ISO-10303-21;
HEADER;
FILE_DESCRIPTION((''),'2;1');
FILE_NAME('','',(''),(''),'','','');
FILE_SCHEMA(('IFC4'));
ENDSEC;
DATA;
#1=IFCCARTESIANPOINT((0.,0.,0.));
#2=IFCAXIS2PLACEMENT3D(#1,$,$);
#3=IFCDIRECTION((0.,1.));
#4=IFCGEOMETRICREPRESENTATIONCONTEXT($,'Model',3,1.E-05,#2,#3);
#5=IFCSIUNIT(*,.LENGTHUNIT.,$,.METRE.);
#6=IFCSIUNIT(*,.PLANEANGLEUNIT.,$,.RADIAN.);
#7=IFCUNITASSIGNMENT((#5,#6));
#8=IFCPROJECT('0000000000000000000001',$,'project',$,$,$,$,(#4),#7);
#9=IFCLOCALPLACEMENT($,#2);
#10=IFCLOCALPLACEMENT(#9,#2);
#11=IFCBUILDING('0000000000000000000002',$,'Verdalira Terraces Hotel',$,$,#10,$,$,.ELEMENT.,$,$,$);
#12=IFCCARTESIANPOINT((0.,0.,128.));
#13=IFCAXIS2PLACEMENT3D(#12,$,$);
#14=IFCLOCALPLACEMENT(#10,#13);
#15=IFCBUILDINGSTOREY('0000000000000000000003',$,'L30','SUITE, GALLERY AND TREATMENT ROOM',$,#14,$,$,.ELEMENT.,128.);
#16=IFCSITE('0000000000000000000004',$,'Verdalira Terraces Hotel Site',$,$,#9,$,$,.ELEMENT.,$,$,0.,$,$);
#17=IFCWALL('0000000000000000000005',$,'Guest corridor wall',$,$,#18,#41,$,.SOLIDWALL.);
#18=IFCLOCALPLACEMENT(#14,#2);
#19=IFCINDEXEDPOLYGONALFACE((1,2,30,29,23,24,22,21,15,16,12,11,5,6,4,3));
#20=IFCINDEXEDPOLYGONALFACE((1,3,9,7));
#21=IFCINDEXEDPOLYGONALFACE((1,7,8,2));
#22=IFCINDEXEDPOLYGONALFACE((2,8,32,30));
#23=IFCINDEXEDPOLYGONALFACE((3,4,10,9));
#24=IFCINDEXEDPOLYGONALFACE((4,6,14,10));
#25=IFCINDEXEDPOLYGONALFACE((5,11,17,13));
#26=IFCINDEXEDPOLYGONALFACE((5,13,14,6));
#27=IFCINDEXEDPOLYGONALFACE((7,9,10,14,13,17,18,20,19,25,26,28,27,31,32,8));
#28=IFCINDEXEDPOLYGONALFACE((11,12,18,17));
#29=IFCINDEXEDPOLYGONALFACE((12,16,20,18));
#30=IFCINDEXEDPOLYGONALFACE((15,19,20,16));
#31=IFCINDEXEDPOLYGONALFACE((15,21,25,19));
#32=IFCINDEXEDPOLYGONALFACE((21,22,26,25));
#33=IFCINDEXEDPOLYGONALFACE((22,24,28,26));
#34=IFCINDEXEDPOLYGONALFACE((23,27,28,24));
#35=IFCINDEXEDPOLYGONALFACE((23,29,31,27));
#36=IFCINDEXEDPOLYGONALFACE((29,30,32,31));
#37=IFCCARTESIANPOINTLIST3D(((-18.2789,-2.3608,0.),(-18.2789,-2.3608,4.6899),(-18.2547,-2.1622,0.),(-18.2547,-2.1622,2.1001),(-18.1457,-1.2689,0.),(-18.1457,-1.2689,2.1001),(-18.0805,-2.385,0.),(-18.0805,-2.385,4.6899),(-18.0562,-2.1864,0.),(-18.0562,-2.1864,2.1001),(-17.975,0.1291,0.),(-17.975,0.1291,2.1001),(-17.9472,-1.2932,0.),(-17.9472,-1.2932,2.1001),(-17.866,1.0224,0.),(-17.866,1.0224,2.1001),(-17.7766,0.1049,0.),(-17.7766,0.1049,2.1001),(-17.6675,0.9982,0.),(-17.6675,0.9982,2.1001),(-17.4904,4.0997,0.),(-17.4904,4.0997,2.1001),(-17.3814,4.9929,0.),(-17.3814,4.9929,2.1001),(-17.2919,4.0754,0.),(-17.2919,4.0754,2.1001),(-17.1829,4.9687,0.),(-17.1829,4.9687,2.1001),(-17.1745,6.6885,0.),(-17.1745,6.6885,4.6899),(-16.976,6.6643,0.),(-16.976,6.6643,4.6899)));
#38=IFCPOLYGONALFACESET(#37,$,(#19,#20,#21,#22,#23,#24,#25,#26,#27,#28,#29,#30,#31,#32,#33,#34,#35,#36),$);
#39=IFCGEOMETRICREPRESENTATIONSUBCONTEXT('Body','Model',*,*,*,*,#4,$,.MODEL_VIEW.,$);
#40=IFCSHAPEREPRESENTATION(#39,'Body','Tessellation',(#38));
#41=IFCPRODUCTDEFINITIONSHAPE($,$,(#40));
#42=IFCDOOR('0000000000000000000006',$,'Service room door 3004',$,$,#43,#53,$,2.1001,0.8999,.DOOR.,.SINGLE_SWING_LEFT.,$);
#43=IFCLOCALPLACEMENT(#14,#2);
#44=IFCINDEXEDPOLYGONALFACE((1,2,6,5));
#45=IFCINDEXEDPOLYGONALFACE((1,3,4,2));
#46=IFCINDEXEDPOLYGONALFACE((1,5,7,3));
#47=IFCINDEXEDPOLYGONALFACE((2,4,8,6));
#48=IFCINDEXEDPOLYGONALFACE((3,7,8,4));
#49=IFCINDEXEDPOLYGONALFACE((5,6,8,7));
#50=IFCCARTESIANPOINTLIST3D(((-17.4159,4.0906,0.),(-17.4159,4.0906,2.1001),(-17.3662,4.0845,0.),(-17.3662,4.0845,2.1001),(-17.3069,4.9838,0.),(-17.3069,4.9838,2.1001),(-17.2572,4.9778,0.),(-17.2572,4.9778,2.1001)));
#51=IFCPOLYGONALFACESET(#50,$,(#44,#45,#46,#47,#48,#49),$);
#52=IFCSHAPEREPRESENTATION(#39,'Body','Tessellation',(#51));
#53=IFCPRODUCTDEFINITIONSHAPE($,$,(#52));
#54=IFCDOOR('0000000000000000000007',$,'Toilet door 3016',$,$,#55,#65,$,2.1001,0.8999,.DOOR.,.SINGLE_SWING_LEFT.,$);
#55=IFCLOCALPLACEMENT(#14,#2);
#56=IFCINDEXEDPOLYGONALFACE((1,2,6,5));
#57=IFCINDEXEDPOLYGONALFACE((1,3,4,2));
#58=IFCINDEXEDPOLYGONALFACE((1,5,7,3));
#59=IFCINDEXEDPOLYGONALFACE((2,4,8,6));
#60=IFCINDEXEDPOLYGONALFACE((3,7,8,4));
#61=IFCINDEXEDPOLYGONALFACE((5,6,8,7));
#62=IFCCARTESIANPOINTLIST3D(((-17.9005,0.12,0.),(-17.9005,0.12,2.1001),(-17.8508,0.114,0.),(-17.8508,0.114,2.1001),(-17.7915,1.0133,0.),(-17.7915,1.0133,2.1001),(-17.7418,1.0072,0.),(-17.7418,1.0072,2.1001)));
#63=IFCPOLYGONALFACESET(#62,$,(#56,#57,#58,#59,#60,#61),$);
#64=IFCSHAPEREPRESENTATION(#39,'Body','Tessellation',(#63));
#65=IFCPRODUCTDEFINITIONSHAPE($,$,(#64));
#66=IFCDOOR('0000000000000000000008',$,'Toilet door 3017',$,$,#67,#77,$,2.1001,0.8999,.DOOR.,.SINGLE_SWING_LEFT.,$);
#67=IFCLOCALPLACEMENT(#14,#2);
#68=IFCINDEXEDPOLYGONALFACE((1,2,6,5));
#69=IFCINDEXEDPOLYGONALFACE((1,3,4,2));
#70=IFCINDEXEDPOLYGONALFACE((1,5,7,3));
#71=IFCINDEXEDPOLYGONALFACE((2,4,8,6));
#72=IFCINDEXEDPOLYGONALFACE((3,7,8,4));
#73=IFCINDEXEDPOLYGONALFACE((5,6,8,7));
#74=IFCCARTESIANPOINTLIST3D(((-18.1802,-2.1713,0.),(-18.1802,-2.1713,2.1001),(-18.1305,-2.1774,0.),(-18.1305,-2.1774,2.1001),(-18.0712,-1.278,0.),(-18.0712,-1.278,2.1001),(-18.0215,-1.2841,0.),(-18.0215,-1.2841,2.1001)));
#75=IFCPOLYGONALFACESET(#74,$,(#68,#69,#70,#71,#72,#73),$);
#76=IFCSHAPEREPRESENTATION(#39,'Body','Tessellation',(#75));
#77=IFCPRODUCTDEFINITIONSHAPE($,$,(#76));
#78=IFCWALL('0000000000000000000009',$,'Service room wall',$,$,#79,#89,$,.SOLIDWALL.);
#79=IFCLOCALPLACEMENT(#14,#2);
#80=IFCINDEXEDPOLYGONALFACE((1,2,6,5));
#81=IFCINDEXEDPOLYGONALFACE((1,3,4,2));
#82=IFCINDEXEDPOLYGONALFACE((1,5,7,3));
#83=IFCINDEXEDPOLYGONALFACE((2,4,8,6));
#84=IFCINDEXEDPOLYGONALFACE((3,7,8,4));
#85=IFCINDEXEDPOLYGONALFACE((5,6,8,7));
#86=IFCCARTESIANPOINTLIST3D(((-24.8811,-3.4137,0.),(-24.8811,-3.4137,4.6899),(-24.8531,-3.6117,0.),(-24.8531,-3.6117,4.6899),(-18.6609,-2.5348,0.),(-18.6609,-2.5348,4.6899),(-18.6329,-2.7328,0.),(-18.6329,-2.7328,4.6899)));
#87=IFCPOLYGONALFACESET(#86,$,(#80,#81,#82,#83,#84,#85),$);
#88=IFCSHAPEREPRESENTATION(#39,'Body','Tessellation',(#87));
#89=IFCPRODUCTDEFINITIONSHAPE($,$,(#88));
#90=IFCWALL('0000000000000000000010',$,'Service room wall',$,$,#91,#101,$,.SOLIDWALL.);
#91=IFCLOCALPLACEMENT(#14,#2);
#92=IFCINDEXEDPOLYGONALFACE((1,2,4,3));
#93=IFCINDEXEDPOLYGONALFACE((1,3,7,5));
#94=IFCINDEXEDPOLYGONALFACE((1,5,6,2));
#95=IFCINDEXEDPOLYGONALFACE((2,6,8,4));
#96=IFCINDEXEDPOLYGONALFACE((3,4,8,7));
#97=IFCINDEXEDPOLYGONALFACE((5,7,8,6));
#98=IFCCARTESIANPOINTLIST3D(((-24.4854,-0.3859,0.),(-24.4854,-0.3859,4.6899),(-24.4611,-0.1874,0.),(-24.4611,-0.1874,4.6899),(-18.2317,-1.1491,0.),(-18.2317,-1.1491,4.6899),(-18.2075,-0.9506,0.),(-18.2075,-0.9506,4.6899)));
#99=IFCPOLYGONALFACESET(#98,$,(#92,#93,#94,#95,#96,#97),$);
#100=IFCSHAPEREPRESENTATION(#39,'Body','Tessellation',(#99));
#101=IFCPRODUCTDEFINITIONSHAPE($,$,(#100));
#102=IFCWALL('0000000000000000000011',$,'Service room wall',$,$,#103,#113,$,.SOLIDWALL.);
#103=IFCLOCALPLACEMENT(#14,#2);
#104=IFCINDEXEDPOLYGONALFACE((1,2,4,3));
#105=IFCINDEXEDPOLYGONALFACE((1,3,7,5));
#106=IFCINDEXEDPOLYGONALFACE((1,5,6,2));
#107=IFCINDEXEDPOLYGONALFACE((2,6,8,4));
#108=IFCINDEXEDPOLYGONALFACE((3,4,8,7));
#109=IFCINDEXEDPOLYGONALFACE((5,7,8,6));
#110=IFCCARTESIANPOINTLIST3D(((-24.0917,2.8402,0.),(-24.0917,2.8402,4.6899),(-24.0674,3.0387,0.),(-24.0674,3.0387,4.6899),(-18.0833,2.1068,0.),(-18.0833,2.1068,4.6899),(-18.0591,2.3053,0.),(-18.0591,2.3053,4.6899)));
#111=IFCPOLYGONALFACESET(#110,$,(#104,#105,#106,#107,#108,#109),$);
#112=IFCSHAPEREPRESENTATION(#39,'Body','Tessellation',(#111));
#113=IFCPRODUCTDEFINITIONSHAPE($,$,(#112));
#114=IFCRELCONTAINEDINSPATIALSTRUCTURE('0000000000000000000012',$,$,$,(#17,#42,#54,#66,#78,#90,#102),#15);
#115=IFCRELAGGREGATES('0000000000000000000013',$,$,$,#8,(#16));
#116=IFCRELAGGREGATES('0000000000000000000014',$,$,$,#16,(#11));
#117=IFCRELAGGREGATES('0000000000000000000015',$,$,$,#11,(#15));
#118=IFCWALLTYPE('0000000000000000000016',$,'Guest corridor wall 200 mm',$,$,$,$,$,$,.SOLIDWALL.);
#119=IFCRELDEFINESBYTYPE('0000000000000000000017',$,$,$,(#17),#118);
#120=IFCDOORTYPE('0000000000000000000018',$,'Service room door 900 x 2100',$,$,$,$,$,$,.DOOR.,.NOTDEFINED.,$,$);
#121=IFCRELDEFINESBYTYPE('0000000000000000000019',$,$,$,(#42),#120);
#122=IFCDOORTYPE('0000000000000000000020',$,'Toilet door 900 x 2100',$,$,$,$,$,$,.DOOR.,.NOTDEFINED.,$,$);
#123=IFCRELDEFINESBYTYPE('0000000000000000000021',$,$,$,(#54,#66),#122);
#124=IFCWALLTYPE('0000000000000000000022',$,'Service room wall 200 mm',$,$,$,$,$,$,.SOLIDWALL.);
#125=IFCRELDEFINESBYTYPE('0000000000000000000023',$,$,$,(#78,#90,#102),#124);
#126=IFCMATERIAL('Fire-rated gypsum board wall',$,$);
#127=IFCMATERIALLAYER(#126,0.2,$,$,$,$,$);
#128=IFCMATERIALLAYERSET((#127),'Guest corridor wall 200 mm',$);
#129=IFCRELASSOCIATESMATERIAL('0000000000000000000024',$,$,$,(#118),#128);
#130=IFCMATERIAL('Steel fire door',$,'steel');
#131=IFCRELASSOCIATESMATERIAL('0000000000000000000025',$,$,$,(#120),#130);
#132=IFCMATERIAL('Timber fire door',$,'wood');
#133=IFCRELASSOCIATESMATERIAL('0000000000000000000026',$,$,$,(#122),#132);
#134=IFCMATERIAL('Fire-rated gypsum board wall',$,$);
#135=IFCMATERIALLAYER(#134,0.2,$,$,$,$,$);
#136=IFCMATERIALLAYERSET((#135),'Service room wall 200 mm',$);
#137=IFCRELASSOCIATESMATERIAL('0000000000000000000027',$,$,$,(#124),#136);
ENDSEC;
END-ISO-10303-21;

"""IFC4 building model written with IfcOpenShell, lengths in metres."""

from ifc_helpers import new_model, si_unit, direction, frame, frame_2d, origin, place, context, subcontext, project, spatial, rectangle, extrude, material, layer, layer_set, type_object, element, fill, save


model = new_model("IFC4")

# Units and contexts
model_context = context("Model", 3, precision=1e-05, world=origin(), true_north=direction((0.0, 1.0)))
body_context = subcontext(model_context, "Body", "Model", "MODEL_VIEW")
ifc_project = project(units=[si_unit("LENGTHUNIT", "METRE"), si_unit("PLANEANGLEUNIT", "RADIAN")], contexts=[model_context])

# Site, building, storey
site_placement = place(None, origin())
site = spatial("IfcSite", under=ifc_project, at=site_placement, Name="Verdalira Terraces Hotel Site", CompositionType="ELEMENT", RefElevation=0.0)
building_placement = place(site_placement, origin())
building = spatial("IfcBuilding", under=site, at=building_placement, Name="Verdalira Terraces Hotel", CompositionType="ELEMENT")
storey_placement = place(building_placement, frame((0.0, 0.0, 128.0)))
storey = spatial("IfcBuildingStorey", under=building, at=storey_placement, Name="L30", Description="SUITE, GALLERY AND TREATMENT ROOM", CompositionType="ELEMENT", Elevation=128.0)

# Wall, openings, doors
ifc_material_1 = material(Name="Fire-rated gypsum board wall")
ifc_layer_1 = layer(ifc_material_1, 0.2)
ifc_layer_set_1 = layer_set([ifc_layer_1], Name="Guest corridor wall 200 mm")
wall_type_1 = type_object("IfcWallType", Name="Guest corridor wall 200 mm", PredefinedType="SOLIDWALL", material=ifc_layer_set_1)
wall_1_placement = place(storey_placement, frame((-18.1797, -2.3728, 0.0), z_axis=(0.0, 0.0, 1.0), x_axis=(0.121153, 0.992634, 0.0)))
wall_1 = element("IfcWall", 1, at=wall_1_placement, inside=storey, type_object=wall_type_1, Name="Guest corridor wall", PredefinedType="SOLIDWALL", context=body_context, shape_type="SweptSolid", body=[
    extrude(rectangle(XDim=9.1165, YDim=0.2, at=frame_2d((4.5581, 0.0))), origin(), (0.0, 0.0, 1.0), 4.6899),
])
opening_1_placement = place(wall_1_placement, frame((6.5083, 0.0, 0.0)))
opening_1 = element("IfcOpeningElement", 2, at=opening_1_placement, cuts=wall_1, PredefinedType="OPENING", context=body_context, shape_type="SweptSolid", body=[
    extrude(rectangle(XDim=0.8999, YDim=2.1001, at=frame_2d((0.45, 1.05))), frame((0.0, 0.1099, 0.0), z_axis=(0.0, -1.0, 0.0), x_axis=(1.0, 0.0, 0.0)), (0.0, 0.0, 1.0), 0.22),
])
opening_2_placement = place(wall_1_placement, frame((2.5083, 0.0, 0.0)))
opening_2 = element("IfcOpeningElement", 3, at=opening_2_placement, cuts=wall_1, PredefinedType="OPENING", context=body_context, shape_type="SweptSolid", body=[
    extrude(rectangle(XDim=0.8999, YDim=2.1001, at=frame_2d((0.45, 1.05))), frame((0.0, 0.1099, 0.0), z_axis=(0.0, -1.0, 0.0), x_axis=(1.0, 0.0, 0.0)), (0.0, 0.0, 1.0), 0.22),
])
opening_3_placement = place(wall_1_placement, frame((0.2, 0.0, 0.0)))
opening_3 = element("IfcOpeningElement", 4, at=opening_3_placement, cuts=wall_1, PredefinedType="OPENING", context=body_context, shape_type="SweptSolid", body=[
    extrude(rectangle(XDim=0.8999, YDim=2.1001, at=frame_2d((0.45, 1.05))), frame((0.0, 0.1099, 0.0), z_axis=(0.0, -1.0, 0.0), x_axis=(1.0, 0.0, 0.0)), (0.0, 0.0, 1.0), 0.22),
])
ifc_material_2 = material(Name="Steel fire door", Category="steel")
door_type_1 = type_object("IfcDoorType", Name="Service room door 900 x 2100", OperationType="NOTDEFINED", PredefinedType="DOOR", material=ifc_material_2)
door_1_placement = place(opening_1_placement, origin())
door_1 = element("IfcDoor", 5, at=door_1_placement, inside=storey, type_object=door_type_1, Name="Service room door 3004", OperationType="SINGLE_SWING_LEFT", OverallHeight=2.1001, OverallWidth=0.8999, PredefinedType="DOOR", context=body_context, shape_type="SweptSolid", body=[
    extrude(rectangle(XDim=0.8999, YDim=2.1001, at=frame_2d((0.45, 1.05))), frame((0.0, 0.0249, 0.0), z_axis=(0.0, -1.0, 0.0), x_axis=(1.0, 0.0, 0.0)), (0.0, 0.0, 1.0), 0.05),
])
fill(opening_1, door_1)
ifc_material_3 = material(Name="Timber fire door", Category="wood")
door_type_2 = type_object("IfcDoorType", Name="Toilet door 900 x 2100", OperationType="NOTDEFINED", PredefinedType="DOOR", material=ifc_material_3)
door_2_placement = place(opening_2_placement, origin())
door_2 = element("IfcDoor", 6, at=door_2_placement, inside=storey, type_object=door_type_2, Name="Toilet door 3016", OperationType="SINGLE_SWING_LEFT", OverallHeight=2.1001, OverallWidth=0.8999, PredefinedType="DOOR", context=body_context, shape_type="SweptSolid", body=[
    extrude(rectangle(XDim=0.8999, YDim=2.1001, at=frame_2d((0.45, 1.05))), frame((0.0, 0.0249, 0.0), z_axis=(0.0, -1.0, 0.0), x_axis=(1.0, 0.0, 0.0)), (0.0, 0.0, 1.0), 0.05),
])
fill(opening_2, door_2)
door_3_placement = place(opening_3_placement, origin())
door_3 = element("IfcDoor", 7, at=door_3_placement, inside=storey, type_object=door_type_2, Name="Toilet door 3017", OperationType="SINGLE_SWING_LEFT", OverallHeight=2.1001, OverallWidth=0.8999, PredefinedType="DOOR", context=body_context, shape_type="SweptSolid", body=[
    extrude(rectangle(XDim=0.8999, YDim=2.1001, at=frame_2d((0.45, 1.05))), frame((0.0, 0.0249, 0.0), z_axis=(0.0, -1.0, 0.0), x_axis=(1.0, 0.0, 0.0)), (0.0, 0.0, 1.0), 0.05),
])
fill(opening_3, door_3)

# Walls
ifc_material_4 = material(Name="Fire-rated gypsum board wall")
ifc_layer_2 = layer(ifc_material_4, 0.2)
ifc_layer_set_2 = layer_set([ifc_layer_2], Name="Service room wall 200 mm")
wall_type_2 = type_object("IfcWallType", Name="Service room wall 200 mm", PredefinedType="SOLIDWALL", material=ifc_layer_set_2)
wall_2_placement = place(storey_placement, frame((-24.8672, -3.5127, 0.0), z_axis=(0.0, 0.0, 1.0), x_axis=(0.990164, 0.139909, 0.0)))
element("IfcWall", 8, at=wall_2_placement, inside=storey, type_object=wall_type_2, Name="Service room wall", PredefinedType="SOLIDWALL", context=body_context, shape_type="SweptSolid", body=[
    extrude(rectangle(XDim=6.282, YDim=0.2, at=frame_2d((3.1411, 0.0))), origin(), (0.0, 0.0, 1.0), 4.6899),
])
wall_3_placement = place(storey_placement, frame((-18.2197, -1.0498, 0.0), z_axis=(0.0, 0.0, 1.0), x_axis=(-0.992636, 0.121139, 0.0)))
element("IfcWall", 9, at=wall_3_placement, inside=storey, type_object=wall_type_2, Name="Service room wall", PredefinedType="SOLIDWALL", context=body_context, shape_type="SweptSolid", body=[
    extrude(rectangle(XDim=6.3, YDim=0.2, at=frame_2d((3.1499, 0.0))), origin(), (0.0, 0.0, 1.0), 4.6899),
])
wall_4_placement = place(storey_placement, frame((-18.0713, 2.2061, 0.0), z_axis=(0.0, 0.0, 1.0), x_axis=(-0.992632, 0.121165, 0.0)))
element("IfcWall", 10, at=wall_4_placement, inside=storey, type_object=wall_type_2, Name="Service room wall", PredefinedType="SOLIDWALL", context=body_context, shape_type="SweptSolid", body=[
    extrude(rectangle(XDim=6.053, YDim=0.2, at=frame_2d((3.0264, 0.0))), origin(), (0.0, 0.0, 1.0), 4.6899),
])

save(model, "model.ifc")
